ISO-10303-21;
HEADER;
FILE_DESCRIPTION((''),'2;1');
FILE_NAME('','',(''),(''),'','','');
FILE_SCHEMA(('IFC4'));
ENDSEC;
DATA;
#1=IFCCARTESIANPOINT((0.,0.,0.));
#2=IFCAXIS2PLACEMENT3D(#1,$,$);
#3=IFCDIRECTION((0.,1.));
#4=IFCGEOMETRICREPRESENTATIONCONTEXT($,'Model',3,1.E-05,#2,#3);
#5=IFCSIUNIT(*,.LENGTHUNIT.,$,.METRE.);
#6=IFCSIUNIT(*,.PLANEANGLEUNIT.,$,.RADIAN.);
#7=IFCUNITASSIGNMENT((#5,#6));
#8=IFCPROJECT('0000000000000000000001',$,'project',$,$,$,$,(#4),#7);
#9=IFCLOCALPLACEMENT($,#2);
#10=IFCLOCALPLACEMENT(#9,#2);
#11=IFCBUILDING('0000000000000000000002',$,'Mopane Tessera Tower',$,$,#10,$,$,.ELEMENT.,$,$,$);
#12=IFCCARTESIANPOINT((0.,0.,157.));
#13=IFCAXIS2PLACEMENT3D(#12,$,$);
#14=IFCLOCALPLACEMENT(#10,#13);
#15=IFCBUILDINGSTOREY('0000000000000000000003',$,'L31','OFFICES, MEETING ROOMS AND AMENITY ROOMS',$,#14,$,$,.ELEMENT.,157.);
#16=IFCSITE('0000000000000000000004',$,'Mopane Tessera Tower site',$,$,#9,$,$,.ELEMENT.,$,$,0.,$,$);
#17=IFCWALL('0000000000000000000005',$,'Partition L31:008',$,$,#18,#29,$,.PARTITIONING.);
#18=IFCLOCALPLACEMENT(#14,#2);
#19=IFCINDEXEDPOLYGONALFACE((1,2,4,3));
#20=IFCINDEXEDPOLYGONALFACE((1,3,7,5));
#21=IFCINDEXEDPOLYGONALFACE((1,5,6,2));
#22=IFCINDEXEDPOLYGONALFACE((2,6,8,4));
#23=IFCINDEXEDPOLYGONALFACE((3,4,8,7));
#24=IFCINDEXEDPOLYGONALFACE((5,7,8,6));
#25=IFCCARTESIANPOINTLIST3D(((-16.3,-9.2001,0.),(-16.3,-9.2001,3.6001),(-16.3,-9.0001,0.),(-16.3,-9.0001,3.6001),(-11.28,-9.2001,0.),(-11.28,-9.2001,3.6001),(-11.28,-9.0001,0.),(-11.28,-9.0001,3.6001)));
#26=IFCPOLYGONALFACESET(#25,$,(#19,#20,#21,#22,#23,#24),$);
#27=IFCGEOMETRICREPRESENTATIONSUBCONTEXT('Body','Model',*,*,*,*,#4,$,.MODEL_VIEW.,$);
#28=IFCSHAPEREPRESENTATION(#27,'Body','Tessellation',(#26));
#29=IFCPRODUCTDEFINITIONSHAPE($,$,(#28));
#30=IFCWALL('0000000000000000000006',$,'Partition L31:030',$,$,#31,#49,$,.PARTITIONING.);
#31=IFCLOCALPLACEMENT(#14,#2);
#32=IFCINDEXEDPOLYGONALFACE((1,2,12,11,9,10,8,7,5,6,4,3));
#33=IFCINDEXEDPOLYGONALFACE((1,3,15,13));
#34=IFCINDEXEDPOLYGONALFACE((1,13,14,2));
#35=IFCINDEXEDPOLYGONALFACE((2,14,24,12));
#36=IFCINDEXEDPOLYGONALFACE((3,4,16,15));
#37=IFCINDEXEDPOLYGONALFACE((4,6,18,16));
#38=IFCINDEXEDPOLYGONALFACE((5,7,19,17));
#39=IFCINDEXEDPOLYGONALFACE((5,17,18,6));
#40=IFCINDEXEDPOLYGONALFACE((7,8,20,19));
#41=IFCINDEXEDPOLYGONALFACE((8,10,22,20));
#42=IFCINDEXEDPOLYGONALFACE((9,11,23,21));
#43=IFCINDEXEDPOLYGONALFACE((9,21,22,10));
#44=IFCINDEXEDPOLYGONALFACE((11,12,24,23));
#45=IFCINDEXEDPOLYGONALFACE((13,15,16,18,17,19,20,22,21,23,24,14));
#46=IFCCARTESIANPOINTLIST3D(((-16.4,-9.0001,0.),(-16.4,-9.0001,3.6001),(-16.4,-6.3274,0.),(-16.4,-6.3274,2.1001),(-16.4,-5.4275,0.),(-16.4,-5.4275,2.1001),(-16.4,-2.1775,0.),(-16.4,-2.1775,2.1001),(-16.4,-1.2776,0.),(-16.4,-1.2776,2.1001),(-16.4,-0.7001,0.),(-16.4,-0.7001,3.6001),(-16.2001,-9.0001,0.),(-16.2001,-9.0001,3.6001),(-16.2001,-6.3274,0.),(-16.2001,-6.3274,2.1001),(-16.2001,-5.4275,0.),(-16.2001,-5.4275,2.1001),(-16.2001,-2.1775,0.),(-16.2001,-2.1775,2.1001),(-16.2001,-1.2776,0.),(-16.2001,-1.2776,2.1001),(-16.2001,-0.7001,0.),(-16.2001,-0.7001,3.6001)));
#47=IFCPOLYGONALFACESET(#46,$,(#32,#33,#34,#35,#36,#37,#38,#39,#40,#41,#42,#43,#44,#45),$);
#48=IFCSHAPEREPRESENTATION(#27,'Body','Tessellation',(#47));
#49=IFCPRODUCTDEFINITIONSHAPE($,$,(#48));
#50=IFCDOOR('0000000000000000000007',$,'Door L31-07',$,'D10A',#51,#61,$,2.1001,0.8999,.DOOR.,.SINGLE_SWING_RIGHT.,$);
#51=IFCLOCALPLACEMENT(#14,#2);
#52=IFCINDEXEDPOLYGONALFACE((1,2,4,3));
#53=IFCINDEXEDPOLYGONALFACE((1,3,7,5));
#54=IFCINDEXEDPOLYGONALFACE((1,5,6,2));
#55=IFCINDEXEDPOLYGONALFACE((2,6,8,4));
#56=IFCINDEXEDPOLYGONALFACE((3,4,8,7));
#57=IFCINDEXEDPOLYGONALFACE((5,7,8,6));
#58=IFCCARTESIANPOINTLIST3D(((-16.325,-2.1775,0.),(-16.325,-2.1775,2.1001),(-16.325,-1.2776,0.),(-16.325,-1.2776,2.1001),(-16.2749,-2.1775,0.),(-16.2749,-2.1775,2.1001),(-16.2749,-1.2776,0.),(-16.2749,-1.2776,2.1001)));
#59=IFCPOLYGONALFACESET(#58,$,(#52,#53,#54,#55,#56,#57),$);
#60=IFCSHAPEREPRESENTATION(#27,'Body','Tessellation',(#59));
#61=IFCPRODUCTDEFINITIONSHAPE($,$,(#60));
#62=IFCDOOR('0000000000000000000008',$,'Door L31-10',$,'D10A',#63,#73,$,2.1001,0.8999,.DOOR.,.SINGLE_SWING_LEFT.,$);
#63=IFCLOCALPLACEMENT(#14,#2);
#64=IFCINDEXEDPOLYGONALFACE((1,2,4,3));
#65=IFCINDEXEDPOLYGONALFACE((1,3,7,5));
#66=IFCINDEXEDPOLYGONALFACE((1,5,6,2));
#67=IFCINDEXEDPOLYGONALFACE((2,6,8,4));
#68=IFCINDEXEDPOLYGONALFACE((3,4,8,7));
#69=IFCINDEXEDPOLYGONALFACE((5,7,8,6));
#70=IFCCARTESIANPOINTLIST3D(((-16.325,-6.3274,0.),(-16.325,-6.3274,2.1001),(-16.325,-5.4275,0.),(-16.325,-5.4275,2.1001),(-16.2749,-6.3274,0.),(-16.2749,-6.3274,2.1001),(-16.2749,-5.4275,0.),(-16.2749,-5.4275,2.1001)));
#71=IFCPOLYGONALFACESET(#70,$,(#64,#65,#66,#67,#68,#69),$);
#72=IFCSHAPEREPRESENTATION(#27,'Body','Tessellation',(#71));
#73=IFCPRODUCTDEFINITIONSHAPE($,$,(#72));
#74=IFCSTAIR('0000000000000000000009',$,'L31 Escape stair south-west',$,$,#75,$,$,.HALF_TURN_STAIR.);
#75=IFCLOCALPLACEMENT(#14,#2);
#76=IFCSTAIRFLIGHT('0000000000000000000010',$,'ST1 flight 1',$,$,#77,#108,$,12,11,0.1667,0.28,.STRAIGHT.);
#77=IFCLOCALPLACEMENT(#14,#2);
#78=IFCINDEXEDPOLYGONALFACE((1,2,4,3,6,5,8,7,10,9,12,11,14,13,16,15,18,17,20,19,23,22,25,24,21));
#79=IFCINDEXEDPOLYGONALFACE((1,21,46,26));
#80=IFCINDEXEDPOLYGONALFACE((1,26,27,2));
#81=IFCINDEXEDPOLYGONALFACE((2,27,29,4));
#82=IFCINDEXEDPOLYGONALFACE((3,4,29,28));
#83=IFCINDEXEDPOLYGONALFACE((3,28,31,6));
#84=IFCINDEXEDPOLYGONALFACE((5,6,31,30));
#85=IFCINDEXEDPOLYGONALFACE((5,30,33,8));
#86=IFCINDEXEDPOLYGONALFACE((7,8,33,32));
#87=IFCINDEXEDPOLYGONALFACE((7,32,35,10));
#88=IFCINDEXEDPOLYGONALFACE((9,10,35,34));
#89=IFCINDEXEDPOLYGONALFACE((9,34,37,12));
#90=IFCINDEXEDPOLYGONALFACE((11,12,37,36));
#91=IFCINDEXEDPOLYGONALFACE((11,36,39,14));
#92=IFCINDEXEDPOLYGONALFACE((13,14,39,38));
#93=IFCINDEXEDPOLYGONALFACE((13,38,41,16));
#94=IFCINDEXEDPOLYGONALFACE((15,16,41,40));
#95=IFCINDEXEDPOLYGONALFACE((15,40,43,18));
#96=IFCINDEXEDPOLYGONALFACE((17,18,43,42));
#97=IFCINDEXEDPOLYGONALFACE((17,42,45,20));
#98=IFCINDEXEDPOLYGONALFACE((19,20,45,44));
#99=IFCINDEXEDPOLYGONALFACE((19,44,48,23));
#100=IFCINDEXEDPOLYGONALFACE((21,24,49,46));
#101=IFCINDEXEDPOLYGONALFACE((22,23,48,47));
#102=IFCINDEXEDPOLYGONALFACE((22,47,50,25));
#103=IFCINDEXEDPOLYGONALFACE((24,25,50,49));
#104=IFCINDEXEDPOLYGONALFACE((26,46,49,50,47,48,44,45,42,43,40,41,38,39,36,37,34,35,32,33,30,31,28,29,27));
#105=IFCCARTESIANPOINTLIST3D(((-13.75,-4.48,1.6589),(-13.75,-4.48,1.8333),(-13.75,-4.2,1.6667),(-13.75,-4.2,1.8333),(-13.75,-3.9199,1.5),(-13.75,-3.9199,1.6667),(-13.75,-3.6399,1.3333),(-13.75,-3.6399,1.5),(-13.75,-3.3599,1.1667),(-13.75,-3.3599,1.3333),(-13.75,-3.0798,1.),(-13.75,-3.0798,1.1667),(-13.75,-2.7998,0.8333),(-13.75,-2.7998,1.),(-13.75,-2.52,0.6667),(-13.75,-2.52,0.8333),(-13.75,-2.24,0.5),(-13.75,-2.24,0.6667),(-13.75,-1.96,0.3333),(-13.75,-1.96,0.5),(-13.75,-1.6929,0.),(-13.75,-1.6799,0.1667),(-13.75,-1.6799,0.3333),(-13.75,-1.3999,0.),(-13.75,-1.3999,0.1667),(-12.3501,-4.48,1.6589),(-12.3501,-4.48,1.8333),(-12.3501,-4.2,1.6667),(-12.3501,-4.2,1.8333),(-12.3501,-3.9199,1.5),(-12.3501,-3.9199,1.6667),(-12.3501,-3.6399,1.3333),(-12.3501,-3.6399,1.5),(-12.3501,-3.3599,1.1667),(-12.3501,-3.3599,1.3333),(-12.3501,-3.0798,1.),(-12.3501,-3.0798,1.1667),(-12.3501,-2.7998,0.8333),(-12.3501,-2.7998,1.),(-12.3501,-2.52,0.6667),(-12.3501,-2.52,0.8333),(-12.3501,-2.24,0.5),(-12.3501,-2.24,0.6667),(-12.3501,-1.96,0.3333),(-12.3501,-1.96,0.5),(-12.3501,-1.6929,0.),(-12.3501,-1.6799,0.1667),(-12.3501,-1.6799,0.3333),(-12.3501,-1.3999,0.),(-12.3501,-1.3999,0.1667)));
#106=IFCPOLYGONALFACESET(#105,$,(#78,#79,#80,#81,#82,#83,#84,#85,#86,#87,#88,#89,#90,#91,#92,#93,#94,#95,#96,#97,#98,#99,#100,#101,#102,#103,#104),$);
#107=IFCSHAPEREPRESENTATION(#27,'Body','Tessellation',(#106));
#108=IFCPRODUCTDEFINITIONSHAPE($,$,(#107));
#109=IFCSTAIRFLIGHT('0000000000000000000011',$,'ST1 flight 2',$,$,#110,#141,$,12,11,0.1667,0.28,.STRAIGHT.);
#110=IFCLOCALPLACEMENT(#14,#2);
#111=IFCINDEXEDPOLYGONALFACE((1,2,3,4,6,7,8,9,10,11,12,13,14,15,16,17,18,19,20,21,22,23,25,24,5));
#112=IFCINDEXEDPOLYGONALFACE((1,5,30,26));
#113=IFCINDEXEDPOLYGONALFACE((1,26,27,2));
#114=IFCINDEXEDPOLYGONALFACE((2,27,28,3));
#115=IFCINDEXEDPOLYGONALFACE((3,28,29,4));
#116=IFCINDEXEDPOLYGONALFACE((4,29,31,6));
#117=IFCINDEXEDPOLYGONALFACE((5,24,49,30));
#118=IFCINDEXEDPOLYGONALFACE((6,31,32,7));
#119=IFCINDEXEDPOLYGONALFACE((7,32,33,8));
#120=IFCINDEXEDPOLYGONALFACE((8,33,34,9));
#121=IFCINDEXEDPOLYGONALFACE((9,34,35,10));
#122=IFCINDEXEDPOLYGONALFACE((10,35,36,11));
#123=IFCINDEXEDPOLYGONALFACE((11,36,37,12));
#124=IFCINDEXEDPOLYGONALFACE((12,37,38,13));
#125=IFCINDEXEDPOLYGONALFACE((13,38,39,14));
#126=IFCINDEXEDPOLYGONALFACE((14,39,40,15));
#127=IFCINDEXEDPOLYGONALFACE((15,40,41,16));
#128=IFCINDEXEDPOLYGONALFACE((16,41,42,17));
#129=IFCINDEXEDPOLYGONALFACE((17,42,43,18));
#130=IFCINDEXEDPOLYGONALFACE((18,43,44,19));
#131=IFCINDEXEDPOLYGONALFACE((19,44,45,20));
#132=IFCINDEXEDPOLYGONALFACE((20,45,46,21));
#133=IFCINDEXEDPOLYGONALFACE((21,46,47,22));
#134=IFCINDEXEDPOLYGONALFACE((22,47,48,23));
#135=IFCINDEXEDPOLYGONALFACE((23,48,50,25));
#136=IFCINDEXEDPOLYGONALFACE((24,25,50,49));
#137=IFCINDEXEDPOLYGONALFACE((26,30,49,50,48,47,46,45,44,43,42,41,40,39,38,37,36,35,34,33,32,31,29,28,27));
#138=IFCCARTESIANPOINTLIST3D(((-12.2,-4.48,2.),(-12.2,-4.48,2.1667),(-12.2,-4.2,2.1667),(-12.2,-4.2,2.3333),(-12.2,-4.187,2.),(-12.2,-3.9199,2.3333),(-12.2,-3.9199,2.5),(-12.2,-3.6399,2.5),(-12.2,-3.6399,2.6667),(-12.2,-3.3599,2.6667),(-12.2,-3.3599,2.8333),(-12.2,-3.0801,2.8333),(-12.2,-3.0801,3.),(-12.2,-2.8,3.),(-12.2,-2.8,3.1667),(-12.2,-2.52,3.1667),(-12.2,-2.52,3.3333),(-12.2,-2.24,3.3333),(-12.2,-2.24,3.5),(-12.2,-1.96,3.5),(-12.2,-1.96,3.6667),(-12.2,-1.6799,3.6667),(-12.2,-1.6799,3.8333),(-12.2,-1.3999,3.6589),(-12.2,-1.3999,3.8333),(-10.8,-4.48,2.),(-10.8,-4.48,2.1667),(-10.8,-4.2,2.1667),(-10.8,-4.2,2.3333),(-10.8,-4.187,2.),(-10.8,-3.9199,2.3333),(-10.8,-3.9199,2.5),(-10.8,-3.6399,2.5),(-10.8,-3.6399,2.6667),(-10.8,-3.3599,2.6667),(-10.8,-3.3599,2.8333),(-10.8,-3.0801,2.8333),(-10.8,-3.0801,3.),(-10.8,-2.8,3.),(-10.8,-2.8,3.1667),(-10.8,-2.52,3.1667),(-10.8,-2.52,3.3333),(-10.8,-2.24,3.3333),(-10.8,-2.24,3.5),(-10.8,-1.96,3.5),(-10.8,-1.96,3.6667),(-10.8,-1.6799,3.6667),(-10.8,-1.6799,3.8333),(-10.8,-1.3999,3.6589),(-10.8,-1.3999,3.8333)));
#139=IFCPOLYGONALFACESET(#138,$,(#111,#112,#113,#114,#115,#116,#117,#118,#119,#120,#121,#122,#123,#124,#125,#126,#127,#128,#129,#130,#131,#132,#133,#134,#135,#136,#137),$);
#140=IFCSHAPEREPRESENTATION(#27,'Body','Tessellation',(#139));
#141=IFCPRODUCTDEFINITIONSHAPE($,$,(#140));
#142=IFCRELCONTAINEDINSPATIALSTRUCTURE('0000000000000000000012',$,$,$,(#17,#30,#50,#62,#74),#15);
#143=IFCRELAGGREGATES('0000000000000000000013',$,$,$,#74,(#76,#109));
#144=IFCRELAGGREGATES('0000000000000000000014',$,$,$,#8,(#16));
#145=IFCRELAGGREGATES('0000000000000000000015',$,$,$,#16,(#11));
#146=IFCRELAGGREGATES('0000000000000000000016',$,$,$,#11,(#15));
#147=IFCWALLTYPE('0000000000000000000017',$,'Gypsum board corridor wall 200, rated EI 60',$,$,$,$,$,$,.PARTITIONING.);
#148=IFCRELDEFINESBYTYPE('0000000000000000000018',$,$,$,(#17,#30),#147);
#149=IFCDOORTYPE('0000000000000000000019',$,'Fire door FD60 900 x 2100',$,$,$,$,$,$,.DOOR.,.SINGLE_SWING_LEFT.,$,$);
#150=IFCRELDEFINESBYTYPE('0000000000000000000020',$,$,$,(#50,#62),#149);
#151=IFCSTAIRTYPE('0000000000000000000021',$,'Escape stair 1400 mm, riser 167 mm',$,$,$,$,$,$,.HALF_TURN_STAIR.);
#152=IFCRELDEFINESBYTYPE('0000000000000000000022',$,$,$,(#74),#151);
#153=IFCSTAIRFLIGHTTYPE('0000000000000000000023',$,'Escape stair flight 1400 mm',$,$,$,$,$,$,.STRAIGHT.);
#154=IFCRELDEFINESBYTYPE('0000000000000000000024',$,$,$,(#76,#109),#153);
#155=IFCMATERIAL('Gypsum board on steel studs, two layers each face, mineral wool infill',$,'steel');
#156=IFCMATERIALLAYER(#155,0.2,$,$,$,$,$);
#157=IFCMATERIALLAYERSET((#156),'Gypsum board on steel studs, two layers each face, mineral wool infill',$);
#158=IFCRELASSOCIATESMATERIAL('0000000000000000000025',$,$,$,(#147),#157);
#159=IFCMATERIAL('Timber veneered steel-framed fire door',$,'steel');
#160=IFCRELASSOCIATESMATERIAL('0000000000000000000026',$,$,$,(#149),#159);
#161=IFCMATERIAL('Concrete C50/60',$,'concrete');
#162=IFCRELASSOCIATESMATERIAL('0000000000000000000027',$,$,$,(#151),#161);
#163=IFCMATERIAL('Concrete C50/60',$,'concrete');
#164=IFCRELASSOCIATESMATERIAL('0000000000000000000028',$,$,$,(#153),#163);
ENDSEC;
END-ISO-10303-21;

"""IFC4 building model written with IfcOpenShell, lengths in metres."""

from ifc_helpers import new_model, si_unit, direction, frame, frame_2d, origin, place, context, subcontext, project, spatial, polyline, rectangle, outline, extrude, material, layer, layer_set, type_object, element, fill, aggregate, save


model = new_model("IFC4")

# Units and contexts
model_context = context("Model", 3, precision=1e-05, world=origin(), true_north=direction((0.0, 1.0)))
body_context = subcontext(model_context, "Body", "Model", "MODEL_VIEW")
ifc_project = project(units=[si_unit("LENGTHUNIT", "METRE"), si_unit("PLANEANGLEUNIT", "RADIAN")], contexts=[model_context])

# Site, building, storey
site_placement = place(None, origin())
site = spatial("IfcSite", under=ifc_project, at=site_placement, Name="Mopane Tessera Tower site", CompositionType="ELEMENT", RefElevation=0.0)
building_placement = place(site_placement, origin())
building = spatial("IfcBuilding", under=site, at=building_placement, Name="Mopane Tessera Tower", CompositionType="ELEMENT")
storey_placement = place(building_placement, frame((0.0, 0.0, 157.0)))
storey = spatial("IfcBuildingStorey", under=building, at=storey_placement, Name="L31", Description="OFFICES, MEETING ROOMS AND AMENITY ROOMS", CompositionType="ELEMENT", Elevation=157.0)

# Wall
ifc_material_1 = material(Name="Gypsum board on steel studs, two layers each face, mineral wool infill", Category="steel")
ifc_layer_1 = layer(ifc_material_1, 0.2)
ifc_layer_set_1 = layer_set([ifc_layer_1], Name="Gypsum board on steel studs, two layers each face, mineral wool infill")
wall_type_1 = type_object("IfcWallType", Name="Gypsum board corridor wall 200, rated EI 60", PredefinedType="PARTITIONING", material=ifc_layer_set_1)
wall_1_placement = place(storey_placement, frame((-16.3, -9.1001, 0.0), z_axis=(0.0, 0.0, 1.0), x_axis=(1.0, 0.0, 0.0)))
element("IfcWall", 1, at=wall_1_placement, inside=storey, type_object=wall_type_1, Name="Partition L31:008", PredefinedType="PARTITIONING", context=body_context, shape_type="SweptSolid", body=[
    extrude(rectangle(XDim=5.02, YDim=0.2, at=frame_2d((2.51, 0.0))), origin(), (0.0, 0.0, 1.0), 3.6001),
])

# Wall, openings, doors
wall_2_placement = place(storey_placement, frame((-16.3, -9.0, 0.0), z_axis=(0.0, 0.0, 1.0), x_axis=(0.0, 1.0, 0.0)))
wall_2 = element("IfcWall", 2, at=wall_2_placement, inside=storey, type_object=wall_type_1, Name="Partition L31:030", PredefinedType="PARTITIONING", context=body_context, shape_type="SweptSolid", body=[
    extrude(rectangle(XDim=8.3, YDim=0.2, at=frame_2d((4.1499, 0.0))), origin(), (0.0, 0.0, 1.0), 3.6001),
])
opening_1_placement = place(wall_2_placement, frame((6.8225, 0.0, 0.0)))
opening_1 = element("IfcOpeningElement", 3, at=opening_1_placement, cuts=wall_2, PredefinedType="OPENING", context=body_context, shape_type="SweptSolid", body=[
    extrude(rectangle(XDim=0.8999, YDim=2.1001, at=frame_2d((0.45, 1.05))), frame((0.0, 0.1121, 0.0), z_axis=(0.0, -1.0, 0.0), x_axis=(1.0, 0.0, 0.0)), (0.0, 0.0, 1.0), 0.2239),
])
opening_2_placement = place(wall_2_placement, frame((2.6726, 0.0, 0.0)))
opening_2 = element("IfcOpeningElement", 4, at=opening_2_placement, cuts=wall_2, PredefinedType="OPENING", context=body_context, shape_type="SweptSolid", body=[
    extrude(rectangle(XDim=0.8999, YDim=2.1001, at=frame_2d((0.45, 1.05))), frame((0.0, 0.1121, 0.0), z_axis=(0.0, -1.0, 0.0), x_axis=(1.0, 0.0, 0.0)), (0.0, 0.0, 1.0), 0.2239),
])
ifc_material_2 = material(Name="Timber veneered steel-framed fire door", Category="steel")
door_type_1 = type_object("IfcDoorType", Name="Fire door FD60 900 x 2100", OperationType="SINGLE_SWING_LEFT", PredefinedType="DOOR", material=ifc_material_2)
door_1_placement = place(opening_1_placement, origin())
door_1 = element("IfcDoor", 5, at=door_1_placement, inside=storey, type_object=door_type_1, Name="Door L31-07", ObjectType="D10A", OperationType="SINGLE_SWING_RIGHT", OverallHeight=2.1001, OverallWidth=0.8999, PredefinedType="DOOR", context=body_context, shape_type="SweptSolid", body=[
    extrude(rectangle(XDim=0.8999, YDim=2.1001, at=frame_2d((0.45, 1.05))), frame((0.0, 0.0249, 0.0), z_axis=(0.0, -1.0, 0.0), x_axis=(1.0, 0.0, 0.0)), (0.0, 0.0, 1.0), 0.05),
])
fill(opening_1, door_1)
door_2_placement = place(opening_2_placement, origin())
door_2 = element("IfcDoor", 6, at=door_2_placement, inside=storey, type_object=door_type_1, Name="Door L31-10", ObjectType="D10A", OperationType="SINGLE_SWING_LEFT", OverallHeight=2.1001, OverallWidth=0.8999, PredefinedType="DOOR", context=body_context, shape_type="SweptSolid", body=[
    extrude(rectangle(XDim=0.8999, YDim=2.1001, at=frame_2d((0.45, 1.05))), frame((0.0, 0.0249, 0.0), z_axis=(0.0, -1.0, 0.0), x_axis=(1.0, 0.0, 0.0)), (0.0, 0.0, 1.0), 0.05),
])
fill(opening_2, door_2)

# Stair, stair flights
ifc_material_3 = material(Name="Concrete C50/60", Category="concrete")
stair_type = type_object("IfcStairType", Name="Escape stair 1400 mm, riser 167 mm", PredefinedType="HALF_TURN_STAIR", material=ifc_material_3)
stair_placement = place(storey_placement, origin())
stair = element("IfcStair", 7, at=stair_placement, inside=storey, type_object=stair_type, Name="L31 Escape stair south-west", PredefinedType="HALF_TURN_STAIR")
ifc_material_4 = material(Name="Concrete C50/60", Category="concrete")
stair_flight_type = type_object("IfcStairFlightType", Name="Escape stair flight 1400 mm", PredefinedType="STRAIGHT", material=ifc_material_4)
stair_flight_1_placement = place(storey_placement, frame((-13.05, -1.3999, 0.0), z_axis=(0.0, 0.0, 1.0), x_axis=(0.0, -1.0, 0.0)))
stair_flight_1 = element("IfcStairFlight", 8, at=stair_flight_1_placement, type_object=stair_flight_type, Name="ST1 flight 1", NumberOfRisers=12, NumberOfTreads=11, PredefinedType="STRAIGHT", RiserHeight=0.1667, TreadLength=0.28, context=body_context, shape_type="SweptSolid", body=[
    extrude(outline(polyline([(0.0, 0.0), (0.0, 0.1667), (0.28, 0.1667), (0.28, 0.3333), (0.5601, 0.3333), (0.5601, 0.5), (0.8401, 0.5), (0.8401, 0.6667), (1.1201, 0.6667), (1.1201, 0.8333), (1.3999, 0.8333), (1.3999, 1.0), (1.6799, 1.0), (1.6799, 1.1667), (1.96, 1.1667), (1.96, 1.3333), (2.24, 1.3333), (2.24, 1.5), (2.52, 1.5), (2.52, 1.6667), (2.8, 1.6667), (2.8, 1.8333), (3.0801, 1.8333), (3.0801, 2.0), (3.0801, 1.6589), (0.293, 0.0), (0.0, 0.0)])), frame((0.0, 0.7, 0.0), z_axis=(0.0, -1.0, 0.0), x_axis=(1.0, 0.0, 0.0)), (0.0, 0.0, 1.0), 1.3999),
])
stair_flight_2_placement = place(storey_placement, frame((-11.5, -4.48, 2.0), z_axis=(0.0, 0.0, 1.0), x_axis=(0.0, 1.0, 0.0)))
stair_flight_2 = element("IfcStairFlight", 9, at=stair_flight_2_placement, type_object=stair_flight_type, Name="ST1 flight 2", NumberOfRisers=12, NumberOfTreads=11, PredefinedType="STRAIGHT", RiserHeight=0.1667, TreadLength=0.28, context=body_context, shape_type="SweptSolid", body=[
    extrude(outline(polyline([(0.0, 0.0), (0.0, 0.1667), (0.28, 0.1667), (0.28, 0.3333), (0.5601, 0.3333), (0.5601, 0.5), (0.8401, 0.5), (0.8401, 0.6667), (1.1201, 0.6667), (1.1201, 0.8333), (1.3999, 0.8333), (1.3999, 1.0), (1.6799, 1.0), (1.6799, 1.1667), (1.96, 1.1667), (1.96, 1.3333), (2.24, 1.3333), (2.24, 1.5), (2.52, 1.5), (2.52, 1.6667), (2.8, 1.6667), (2.8, 1.8333), (3.0801, 1.8333), (3.0801, 2.0), (3.0801, 1.6589), (0.293, 0.0), (0.0, 0.0)])), frame((0.0, 0.7, 0.0), z_axis=(0.0, -1.0, 0.0), x_axis=(1.0, 0.0, 0.0)), (0.0, 0.0, 1.0), 1.3999),
])
aggregate(stair, [stair_flight_1, stair_flight_2])

save(model, "model.ifc")
